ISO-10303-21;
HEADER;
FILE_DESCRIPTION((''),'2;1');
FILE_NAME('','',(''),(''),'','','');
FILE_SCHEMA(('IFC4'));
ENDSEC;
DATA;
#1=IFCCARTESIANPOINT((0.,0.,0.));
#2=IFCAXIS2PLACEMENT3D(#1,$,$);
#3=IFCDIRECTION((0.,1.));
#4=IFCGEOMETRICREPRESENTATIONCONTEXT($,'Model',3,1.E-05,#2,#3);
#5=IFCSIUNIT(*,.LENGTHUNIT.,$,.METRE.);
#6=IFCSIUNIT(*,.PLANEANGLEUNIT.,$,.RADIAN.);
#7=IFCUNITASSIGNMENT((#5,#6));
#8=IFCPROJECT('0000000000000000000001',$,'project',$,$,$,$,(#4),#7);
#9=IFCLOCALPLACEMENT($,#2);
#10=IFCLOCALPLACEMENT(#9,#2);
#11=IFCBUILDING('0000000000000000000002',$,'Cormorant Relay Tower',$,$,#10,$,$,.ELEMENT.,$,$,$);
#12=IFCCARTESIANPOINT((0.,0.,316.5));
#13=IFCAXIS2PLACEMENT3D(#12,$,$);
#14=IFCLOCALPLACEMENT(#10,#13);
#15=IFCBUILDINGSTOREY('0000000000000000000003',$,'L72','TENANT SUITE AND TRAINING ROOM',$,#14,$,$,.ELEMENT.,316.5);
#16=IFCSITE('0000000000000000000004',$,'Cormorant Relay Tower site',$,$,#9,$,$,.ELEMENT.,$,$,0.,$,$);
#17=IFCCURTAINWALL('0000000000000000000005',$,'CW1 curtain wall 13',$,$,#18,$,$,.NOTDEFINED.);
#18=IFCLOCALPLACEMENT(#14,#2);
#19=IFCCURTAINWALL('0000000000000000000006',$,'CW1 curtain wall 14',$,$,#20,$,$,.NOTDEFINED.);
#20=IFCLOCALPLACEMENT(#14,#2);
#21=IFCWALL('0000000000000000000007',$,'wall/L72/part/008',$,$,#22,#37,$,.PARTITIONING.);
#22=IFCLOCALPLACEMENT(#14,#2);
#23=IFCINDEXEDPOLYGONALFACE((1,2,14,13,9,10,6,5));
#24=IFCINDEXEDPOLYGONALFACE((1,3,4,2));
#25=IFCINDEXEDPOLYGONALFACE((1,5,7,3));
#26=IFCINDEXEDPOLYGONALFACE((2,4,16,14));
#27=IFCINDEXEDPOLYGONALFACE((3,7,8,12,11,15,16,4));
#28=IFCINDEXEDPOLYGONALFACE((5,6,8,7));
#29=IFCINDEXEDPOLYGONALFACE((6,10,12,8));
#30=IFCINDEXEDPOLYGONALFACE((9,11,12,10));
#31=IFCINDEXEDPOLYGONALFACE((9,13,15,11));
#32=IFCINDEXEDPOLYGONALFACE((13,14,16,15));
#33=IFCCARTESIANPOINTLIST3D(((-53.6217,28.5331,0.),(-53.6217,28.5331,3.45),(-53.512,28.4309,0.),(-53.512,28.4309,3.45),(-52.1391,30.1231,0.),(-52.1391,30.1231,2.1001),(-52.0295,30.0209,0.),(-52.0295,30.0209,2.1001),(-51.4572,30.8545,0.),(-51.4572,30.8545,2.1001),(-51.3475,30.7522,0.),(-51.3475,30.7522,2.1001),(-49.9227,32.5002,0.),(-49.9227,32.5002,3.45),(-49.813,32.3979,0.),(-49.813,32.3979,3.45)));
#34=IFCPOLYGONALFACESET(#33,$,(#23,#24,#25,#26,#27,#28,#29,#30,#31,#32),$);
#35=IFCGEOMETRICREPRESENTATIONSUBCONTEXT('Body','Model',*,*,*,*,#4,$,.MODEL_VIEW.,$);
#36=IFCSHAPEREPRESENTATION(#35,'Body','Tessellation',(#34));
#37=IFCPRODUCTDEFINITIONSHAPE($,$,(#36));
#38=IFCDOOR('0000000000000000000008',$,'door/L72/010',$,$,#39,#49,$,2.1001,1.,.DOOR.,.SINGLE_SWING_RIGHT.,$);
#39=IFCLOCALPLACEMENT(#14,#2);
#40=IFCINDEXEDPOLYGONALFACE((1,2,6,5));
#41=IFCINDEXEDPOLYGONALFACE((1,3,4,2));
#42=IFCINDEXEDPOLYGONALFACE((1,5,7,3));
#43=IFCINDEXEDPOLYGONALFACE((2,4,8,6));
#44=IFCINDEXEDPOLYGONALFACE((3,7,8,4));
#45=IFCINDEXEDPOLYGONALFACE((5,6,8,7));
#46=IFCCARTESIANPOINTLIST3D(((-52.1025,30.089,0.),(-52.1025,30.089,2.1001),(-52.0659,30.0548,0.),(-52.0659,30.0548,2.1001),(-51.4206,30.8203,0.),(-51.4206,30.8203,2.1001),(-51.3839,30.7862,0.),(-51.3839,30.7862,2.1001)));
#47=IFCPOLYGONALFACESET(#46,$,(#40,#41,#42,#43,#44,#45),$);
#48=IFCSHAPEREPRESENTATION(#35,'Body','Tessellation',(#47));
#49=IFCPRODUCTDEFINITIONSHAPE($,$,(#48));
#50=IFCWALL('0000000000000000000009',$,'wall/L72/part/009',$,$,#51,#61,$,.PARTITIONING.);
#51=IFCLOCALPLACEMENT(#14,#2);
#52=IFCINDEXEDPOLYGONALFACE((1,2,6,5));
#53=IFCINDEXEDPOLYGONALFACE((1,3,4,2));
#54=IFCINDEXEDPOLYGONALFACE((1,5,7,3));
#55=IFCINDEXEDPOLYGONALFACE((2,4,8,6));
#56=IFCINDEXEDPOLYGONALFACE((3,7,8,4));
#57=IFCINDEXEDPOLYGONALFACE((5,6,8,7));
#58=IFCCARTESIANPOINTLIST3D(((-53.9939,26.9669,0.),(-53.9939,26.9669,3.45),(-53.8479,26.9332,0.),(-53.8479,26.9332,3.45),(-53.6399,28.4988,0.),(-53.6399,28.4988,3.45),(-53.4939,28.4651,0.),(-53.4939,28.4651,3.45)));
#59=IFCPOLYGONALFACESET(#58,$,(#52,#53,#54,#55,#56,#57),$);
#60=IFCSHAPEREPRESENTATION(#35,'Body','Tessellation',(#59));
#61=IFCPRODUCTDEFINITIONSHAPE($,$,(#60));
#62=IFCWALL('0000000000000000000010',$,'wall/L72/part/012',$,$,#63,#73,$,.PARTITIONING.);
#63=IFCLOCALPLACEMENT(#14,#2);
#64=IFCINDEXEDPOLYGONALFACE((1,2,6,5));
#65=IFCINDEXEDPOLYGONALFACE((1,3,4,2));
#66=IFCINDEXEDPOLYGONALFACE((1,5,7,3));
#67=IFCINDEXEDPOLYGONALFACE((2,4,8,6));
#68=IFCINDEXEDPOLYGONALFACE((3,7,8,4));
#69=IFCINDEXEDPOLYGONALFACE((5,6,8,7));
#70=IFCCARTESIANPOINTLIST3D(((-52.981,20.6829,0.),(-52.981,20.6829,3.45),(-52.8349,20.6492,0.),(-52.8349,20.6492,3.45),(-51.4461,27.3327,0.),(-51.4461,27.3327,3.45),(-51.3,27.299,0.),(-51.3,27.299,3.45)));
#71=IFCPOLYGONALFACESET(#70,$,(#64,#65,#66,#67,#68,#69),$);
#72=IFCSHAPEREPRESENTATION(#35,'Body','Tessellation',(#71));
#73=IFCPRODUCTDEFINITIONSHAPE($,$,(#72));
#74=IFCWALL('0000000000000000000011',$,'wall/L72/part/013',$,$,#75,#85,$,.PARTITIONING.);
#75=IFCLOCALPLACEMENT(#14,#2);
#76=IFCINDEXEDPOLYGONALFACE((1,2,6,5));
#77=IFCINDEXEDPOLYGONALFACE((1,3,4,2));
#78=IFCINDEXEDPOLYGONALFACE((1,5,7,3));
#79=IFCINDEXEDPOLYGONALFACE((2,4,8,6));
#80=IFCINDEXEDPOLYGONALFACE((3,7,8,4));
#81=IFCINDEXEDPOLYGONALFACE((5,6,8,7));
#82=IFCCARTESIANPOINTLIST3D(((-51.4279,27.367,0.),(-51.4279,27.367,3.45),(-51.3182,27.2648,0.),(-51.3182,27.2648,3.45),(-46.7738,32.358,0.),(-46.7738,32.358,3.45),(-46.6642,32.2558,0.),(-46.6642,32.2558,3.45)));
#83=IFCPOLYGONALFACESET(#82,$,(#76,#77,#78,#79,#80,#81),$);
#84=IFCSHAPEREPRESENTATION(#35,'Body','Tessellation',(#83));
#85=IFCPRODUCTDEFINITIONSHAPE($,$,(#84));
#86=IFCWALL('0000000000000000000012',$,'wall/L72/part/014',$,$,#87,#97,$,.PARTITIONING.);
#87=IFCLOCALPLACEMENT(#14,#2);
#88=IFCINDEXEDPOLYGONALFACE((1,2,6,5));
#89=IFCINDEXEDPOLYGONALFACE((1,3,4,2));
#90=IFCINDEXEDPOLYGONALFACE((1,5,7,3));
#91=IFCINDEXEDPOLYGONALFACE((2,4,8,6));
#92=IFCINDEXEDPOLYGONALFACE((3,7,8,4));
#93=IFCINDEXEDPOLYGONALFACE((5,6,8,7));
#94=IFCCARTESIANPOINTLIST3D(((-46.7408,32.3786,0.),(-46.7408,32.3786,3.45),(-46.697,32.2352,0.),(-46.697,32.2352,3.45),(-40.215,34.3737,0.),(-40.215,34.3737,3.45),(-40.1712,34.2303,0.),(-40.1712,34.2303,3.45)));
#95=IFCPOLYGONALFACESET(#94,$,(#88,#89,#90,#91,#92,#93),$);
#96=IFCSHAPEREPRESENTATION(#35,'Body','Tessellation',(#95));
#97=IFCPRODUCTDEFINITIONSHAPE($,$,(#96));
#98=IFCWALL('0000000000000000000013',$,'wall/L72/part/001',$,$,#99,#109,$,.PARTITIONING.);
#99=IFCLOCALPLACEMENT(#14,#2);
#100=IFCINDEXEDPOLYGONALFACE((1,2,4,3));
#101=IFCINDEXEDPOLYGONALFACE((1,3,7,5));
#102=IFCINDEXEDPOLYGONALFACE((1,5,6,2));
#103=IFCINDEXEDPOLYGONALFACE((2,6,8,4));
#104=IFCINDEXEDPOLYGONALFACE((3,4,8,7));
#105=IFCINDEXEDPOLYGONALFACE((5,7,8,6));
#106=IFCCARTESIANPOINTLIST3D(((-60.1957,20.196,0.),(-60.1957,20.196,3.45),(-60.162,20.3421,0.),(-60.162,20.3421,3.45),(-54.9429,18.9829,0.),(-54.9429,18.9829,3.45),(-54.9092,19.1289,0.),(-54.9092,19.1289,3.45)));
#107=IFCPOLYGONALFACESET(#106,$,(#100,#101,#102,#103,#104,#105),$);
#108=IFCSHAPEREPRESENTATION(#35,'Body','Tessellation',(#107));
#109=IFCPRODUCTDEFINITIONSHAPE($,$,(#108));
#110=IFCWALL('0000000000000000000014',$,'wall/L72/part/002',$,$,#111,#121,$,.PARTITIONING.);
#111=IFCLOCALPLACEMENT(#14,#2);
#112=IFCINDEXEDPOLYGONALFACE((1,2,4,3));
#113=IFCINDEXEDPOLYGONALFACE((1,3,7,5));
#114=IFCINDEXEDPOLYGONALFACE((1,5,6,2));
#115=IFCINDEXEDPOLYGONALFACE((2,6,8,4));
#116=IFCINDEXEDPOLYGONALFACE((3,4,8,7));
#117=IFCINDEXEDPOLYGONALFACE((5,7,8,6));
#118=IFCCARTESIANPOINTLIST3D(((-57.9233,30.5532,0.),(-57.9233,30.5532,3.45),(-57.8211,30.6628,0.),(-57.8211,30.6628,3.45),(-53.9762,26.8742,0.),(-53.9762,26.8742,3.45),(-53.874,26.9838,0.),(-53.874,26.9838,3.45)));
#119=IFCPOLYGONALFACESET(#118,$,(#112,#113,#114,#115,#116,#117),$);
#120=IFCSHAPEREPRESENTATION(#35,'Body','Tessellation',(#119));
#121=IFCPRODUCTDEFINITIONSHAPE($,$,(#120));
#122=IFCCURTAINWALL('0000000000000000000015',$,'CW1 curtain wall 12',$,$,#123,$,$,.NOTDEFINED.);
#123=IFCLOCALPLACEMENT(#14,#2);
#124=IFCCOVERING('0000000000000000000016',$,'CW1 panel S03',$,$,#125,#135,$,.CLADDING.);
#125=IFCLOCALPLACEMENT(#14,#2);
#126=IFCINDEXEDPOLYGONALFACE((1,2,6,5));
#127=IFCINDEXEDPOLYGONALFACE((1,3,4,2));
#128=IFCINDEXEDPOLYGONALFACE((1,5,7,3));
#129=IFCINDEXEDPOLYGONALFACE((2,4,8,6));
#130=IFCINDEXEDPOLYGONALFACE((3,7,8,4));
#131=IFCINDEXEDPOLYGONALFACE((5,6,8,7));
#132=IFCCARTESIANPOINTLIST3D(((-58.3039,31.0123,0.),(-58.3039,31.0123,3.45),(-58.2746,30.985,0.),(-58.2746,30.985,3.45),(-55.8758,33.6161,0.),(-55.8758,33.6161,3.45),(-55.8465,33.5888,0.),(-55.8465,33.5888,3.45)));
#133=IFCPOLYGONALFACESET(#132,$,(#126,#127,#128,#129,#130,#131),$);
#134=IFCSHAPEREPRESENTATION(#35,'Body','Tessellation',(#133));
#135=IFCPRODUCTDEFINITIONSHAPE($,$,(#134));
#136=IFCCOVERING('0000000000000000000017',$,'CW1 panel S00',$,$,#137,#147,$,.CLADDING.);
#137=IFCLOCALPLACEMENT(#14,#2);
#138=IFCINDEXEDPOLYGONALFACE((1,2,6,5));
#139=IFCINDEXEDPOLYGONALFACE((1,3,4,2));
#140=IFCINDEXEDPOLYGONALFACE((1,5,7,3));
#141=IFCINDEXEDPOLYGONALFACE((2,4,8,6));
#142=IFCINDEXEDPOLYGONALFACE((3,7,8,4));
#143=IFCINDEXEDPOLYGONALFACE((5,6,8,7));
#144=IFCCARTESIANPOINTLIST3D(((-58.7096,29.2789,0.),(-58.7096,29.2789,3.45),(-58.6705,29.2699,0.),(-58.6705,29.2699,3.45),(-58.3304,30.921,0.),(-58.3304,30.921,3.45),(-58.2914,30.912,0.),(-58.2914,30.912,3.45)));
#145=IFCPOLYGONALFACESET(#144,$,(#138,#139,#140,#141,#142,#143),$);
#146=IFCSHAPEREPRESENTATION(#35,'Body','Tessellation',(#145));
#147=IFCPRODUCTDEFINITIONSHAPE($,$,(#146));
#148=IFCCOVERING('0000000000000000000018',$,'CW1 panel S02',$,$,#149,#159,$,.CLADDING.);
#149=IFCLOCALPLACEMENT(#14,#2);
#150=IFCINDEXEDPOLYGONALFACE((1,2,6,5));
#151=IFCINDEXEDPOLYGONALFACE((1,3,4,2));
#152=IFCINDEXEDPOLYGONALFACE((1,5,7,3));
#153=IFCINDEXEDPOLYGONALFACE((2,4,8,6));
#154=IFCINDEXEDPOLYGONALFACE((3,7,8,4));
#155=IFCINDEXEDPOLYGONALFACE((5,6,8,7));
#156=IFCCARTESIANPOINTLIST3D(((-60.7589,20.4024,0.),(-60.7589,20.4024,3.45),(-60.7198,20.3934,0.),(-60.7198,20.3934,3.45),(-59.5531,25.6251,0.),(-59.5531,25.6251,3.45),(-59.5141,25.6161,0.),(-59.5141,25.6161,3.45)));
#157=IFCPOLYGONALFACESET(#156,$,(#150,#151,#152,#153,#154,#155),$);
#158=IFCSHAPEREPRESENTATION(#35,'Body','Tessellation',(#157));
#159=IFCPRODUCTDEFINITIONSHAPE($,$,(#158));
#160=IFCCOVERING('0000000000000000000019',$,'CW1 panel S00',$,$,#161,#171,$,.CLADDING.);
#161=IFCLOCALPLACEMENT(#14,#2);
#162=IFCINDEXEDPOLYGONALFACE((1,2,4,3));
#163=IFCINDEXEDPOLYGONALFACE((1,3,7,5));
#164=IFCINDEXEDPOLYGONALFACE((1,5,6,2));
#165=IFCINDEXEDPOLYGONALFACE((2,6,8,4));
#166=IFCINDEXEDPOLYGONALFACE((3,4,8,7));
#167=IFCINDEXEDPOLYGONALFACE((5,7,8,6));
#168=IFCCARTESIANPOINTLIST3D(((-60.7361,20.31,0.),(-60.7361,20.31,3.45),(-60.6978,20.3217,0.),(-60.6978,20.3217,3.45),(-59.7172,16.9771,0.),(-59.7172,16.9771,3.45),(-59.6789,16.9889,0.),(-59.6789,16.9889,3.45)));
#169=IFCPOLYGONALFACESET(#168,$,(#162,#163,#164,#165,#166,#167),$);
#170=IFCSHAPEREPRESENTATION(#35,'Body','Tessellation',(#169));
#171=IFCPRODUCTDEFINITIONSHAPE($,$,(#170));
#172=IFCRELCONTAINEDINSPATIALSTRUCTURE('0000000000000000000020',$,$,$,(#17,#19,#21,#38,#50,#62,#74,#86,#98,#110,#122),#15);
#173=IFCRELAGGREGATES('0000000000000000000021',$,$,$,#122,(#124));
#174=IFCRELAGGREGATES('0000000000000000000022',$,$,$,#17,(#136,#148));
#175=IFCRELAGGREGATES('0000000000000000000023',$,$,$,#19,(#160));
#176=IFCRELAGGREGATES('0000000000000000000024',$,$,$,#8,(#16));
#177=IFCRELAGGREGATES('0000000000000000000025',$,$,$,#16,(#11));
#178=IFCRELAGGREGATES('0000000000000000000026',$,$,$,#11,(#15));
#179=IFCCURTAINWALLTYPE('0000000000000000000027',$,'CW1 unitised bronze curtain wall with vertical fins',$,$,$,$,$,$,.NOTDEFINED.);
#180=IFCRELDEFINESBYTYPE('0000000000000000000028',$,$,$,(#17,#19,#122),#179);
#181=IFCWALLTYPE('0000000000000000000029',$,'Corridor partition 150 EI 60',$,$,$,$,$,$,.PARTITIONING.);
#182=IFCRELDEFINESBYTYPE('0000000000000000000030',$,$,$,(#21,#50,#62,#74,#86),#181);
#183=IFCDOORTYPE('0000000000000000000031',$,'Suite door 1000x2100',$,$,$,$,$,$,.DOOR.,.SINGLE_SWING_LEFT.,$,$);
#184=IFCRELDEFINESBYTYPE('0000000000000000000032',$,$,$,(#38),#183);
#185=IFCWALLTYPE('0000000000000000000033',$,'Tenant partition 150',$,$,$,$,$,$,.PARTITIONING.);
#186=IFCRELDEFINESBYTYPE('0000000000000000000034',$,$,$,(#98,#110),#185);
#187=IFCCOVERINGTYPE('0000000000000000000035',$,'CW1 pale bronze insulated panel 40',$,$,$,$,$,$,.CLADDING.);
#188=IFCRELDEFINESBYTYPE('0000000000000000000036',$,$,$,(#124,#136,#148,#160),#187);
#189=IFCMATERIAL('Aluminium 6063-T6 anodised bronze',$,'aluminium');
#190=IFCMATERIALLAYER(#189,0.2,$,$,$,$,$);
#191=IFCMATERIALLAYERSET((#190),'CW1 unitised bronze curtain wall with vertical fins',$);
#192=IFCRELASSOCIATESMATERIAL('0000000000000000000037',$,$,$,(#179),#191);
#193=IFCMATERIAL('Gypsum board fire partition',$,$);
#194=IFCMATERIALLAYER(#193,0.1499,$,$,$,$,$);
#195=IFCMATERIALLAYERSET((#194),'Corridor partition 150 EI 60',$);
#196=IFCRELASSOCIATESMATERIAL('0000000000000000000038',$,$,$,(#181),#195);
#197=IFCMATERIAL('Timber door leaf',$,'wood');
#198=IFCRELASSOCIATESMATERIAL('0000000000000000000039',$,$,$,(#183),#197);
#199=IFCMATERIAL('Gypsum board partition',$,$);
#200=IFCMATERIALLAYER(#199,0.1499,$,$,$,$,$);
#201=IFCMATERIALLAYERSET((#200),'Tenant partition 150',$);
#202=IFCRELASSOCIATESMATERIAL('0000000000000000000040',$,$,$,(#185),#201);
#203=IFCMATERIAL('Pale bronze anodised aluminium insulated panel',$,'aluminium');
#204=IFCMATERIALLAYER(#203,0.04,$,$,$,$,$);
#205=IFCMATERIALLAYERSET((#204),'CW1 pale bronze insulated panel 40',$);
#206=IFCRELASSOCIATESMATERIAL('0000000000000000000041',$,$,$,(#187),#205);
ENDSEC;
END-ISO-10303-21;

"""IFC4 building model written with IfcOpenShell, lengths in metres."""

from ifc_helpers import new_model, si_unit, direction, frame, frame_2d, origin, origin_2d, place, context, subcontext, project, spatial, rectangle, extrude, material, layer, layer_set, type_object, element, fill, aggregate, save


model = new_model("IFC4")

# Units and contexts
model_context = context("Model", 3, precision=1e-05, world=origin(), true_north=direction((0.0, 1.0)))
body_context = subcontext(model_context, "Body", "Model", "MODEL_VIEW")
ifc_project = project(units=[si_unit("LENGTHUNIT", "METRE"), si_unit("PLANEANGLEUNIT", "RADIAN")], contexts=[model_context])

# Site, building, storey
site_placement = place(None, origin())
site = spatial("IfcSite", under=ifc_project, at=site_placement, Name="Cormorant Relay Tower site", CompositionType="ELEMENT", RefElevation=0.0)
building_placement = place(site_placement, origin())
building = spatial("IfcBuilding", under=site, at=building_placement, Name="Cormorant Relay Tower", CompositionType="ELEMENT")
storey_placement = place(building_placement, frame((0.0, 0.0, 316.5)))
storey = spatial("IfcBuildingStorey", under=building, at=storey_placement, Name="L72", Description="TENANT SUITE AND TRAINING ROOM", CompositionType="ELEMENT", Elevation=316.5)

# Curtain wall
ifc_material_1 = material(Name="Aluminium 6063-T6 anodised bronze", Category="aluminium")
ifc_layer_1 = layer(ifc_material_1, 0.2)
ifc_layer_set_1 = layer_set([ifc_layer_1], Name="CW1 unitised bronze curtain wall with vertical fins")
curtain_wall_type = type_object("IfcCurtainWallType", Name="CW1 unitised bronze curtain wall with vertical fins", PredefinedType="NOTDEFINED", material=ifc_layer_set_1)
curtain_wall_1_placement = place(storey_placement, origin())
curtain_wall_1 = element("IfcCurtainWall", 1, at=curtain_wall_1_placement, inside=storey, type_object=curtain_wall_type, Name="CW1 curtain wall 13", PredefinedType="NOTDEFINED")

# Curtain wall
curtain_wall_2_placement = place(storey_placement, origin())
curtain_wall_2 = element("IfcCurtainWall", 2, at=curtain_wall_2_placement, inside=storey, type_object=curtain_wall_type, Name="CW1 curtain wall 14", PredefinedType="NOTDEFINED")

# Shared definitions
ifc_material_2 = material(Name="Gypsum board fire partition")
ifc_layer_2 = layer(ifc_material_2, 0.1499)
ifc_layer_set_2 = layer_set([ifc_layer_2], Name="Corridor partition 150 EI 60")
wall_type_1 = type_object("IfcWallType", Name="Corridor partition 150 EI 60", PredefinedType="PARTITIONING", material=ifc_layer_set_2)

# Shared definitions
ifc_material_3 = material(Name="Timber door leaf", Category="wood")
door_type = type_object("IfcDoorType", Name="Suite door 1000x2100", OperationType="SINGLE_SWING_LEFT", PredefinedType="DOOR", material=ifc_material_3)

# Wall, opening, door
wall_1_placement = place(storey_placement, frame((-49.8679, 32.449, 0.0), z_axis=(0.0, 0.0, 1.0), x_axis=(-0.681964, -0.731386, 0.0)))
wall_1 = element("IfcWall", 3, at=wall_1_placement, inside=storey, type_object=wall_type_1, Name="wall/L72/part/008", PredefinedType="PARTITIONING", context=body_context, shape_type="SweptSolid", body=[
    extrude(rectangle(XDim=5.4241, YDim=0.1499, at=frame_2d((2.7119, 0.0))), origin(), (0.0, 0.0, 1.0), 3.45),
])
opening_1_placement = place(wall_1_placement, frame((2.25, 0.0, 0.0)))
opening_1 = element("IfcOpeningElement", 4, at=opening_1_placement, cuts=wall_1, PredefinedType="OPENING", context=body_context, shape_type="SweptSolid", body=[
    extrude(rectangle(XDim=1.0, YDim=2.1001, at=frame_2d((0.5, 1.05))), frame((0.0, 0.085, 0.0), z_axis=(0.0, -1.0, 0.0), x_axis=(1.0, 0.0, 0.0)), (0.0, 0.0, 1.0), 0.1699),
])
door_1_placement = place(opening_1_placement, frame((1.0, 0.0, 0.0), z_axis=(0.0, 0.0, 1.0), x_axis=(-1.0, 0.0, 0.0)))
door_1 = element("IfcDoor", 5, at=door_1_placement, inside=storey, type_object=door_type, Name="door/L72/010", OperationType="SINGLE_SWING_RIGHT", OverallHeight=2.1001, OverallWidth=1.0, PredefinedType="DOOR", context=body_context, shape_type="SweptSolid", body=[
    extrude(rectangle(XDim=1.0, YDim=2.1001, at=frame_2d((0.5, 1.05))), frame((0.0, 0.0249, 0.0), z_axis=(0.0, -1.0, 0.0), x_axis=(1.0, 0.0, 0.0)), (0.0, 0.0, 1.0), 0.05),
])
fill(opening_1, door_1)

# Walls
wall_2_placement = place(storey_placement, frame((-53.5669, 28.4819, 0.0), z_axis=(0.0, 0.0, 1.0), x_axis=(-0.225143, -0.974326, 0.0)))
element("IfcWall", 6, at=wall_2_placement, inside=storey, type_object=wall_type_1, Name="wall/L72/part/009", PredefinedType="PARTITIONING", context=body_context, shape_type="SweptSolid", body=[
    extrude(rectangle(XDim=1.5723, YDim=0.1499, at=frame_2d((0.7861, 0.0))), origin(), (0.0, 0.0, 1.0), 3.45),
])
wall_3_placement = place(storey_placement, frame((-52.908, 20.666, 0.0), z_axis=(0.0, 0.0, 1.0), x_axis=(0.224904, 0.974381, 0.0)))
element("IfcWall", 7, at=wall_3_placement, inside=storey, type_object=wall_type_1, Name="wall/L72/part/012", PredefinedType="PARTITIONING", context=body_context, shape_type="SweptSolid", body=[
    extrude(rectangle(XDim=6.8247, YDim=0.1499, at=frame_2d((3.4124, 0.0))), origin(), (0.0, 0.0, 1.0), 3.45),
])
wall_4_placement = place(storey_placement, frame((-51.373, 27.3159, 0.0), z_axis=(0.0, 0.0, 1.0), x_axis=(0.681991, 0.731361, 0.0)))
element("IfcWall", 8, at=wall_4_placement, inside=storey, type_object=wall_type_1, Name="wall/L72/part/013", PredefinedType="PARTITIONING", context=body_context, shape_type="SweptSolid", body=[
    extrude(rectangle(XDim=6.8242, YDim=0.1499, at=frame_2d((3.4121, 0.0))), origin(), (0.0, 0.0, 1.0), 3.45),
])
wall_5_placement = place(storey_placement, frame((-46.719, 32.3069, 0.0), z_axis=(0.0, 0.0, 1.0), x_axis=(0.956307, 0.292366, 0.0)))
element("IfcWall", 9, at=wall_5_placement, inside=storey, type_object=wall_type_1, Name="wall/L72/part/014", PredefinedType="PARTITIONING", context=body_context, shape_type="SweptSolid", body=[
    extrude(rectangle(XDim=6.824, YDim=0.1499, at=frame_2d((3.4121, 0.0))), origin(), (0.0, 0.0, 1.0), 3.45),
])
ifc_material_4 = material(Name="Gypsum board partition")
ifc_layer_3 = layer(ifc_material_4, 0.1499)
ifc_layer_set_3 = layer_set([ifc_layer_3], Name="Tenant partition 150")
wall_type_2 = type_object("IfcWallType", Name="Tenant partition 150", PredefinedType="PARTITIONING", material=ifc_layer_set_3)
wall_6_placement = place(storey_placement, frame((-54.926, 19.0559, 0.0), z_axis=(0.0, 0.0, 1.0), x_axis=(-0.974354, 0.225022, 0.0)))
element("IfcWall", 10, at=wall_6_placement, inside=storey, type_object=wall_type_2, Name="wall/L72/part/001", PredefinedType="PARTITIONING", context=body_context, shape_type="SweptSolid", body=[
    extrude(rectangle(XDim=5.3911, YDim=0.1499, at=frame_2d((2.6956, 0.0))), origin(), (0.0, 0.0, 1.0), 3.45),
])
wall_7_placement = place(storey_placement, frame((-57.8721, 30.6079, 0.0), z_axis=(0.0, 0.0, 1.0), x_axis=(0.731511, -0.68183, 0.0)))
element("IfcWall", 11, at=wall_7_placement, inside=storey, type_object=wall_type_2, Name="wall/L72/part/002", PredefinedType="PARTITIONING", context=body_context, shape_type="SweptSolid", body=[
    extrude(rectangle(XDim=5.3958, YDim=0.1499, at=frame_2d((2.6978, 0.0))), origin(), (0.0, 0.0, 1.0), 3.45),
])

# Curtain wall, covering
curtain_wall_3_placement = place(storey_placement, origin())
curtain_wall_3 = element("IfcCurtainWall", 12, at=curtain_wall_3_placement, inside=storey, type_object=curtain_wall_type, Name="CW1 curtain wall 12", PredefinedType="NOTDEFINED")
ifc_material_5 = material(Name="Pale bronze anodised aluminium insulated panel", Category="aluminium")
ifc_layer_4 = layer(ifc_material_5, 0.04)
ifc_layer_set_4 = layer_set([ifc_layer_4], Name="CW1 pale bronze insulated panel 40")
covering_type = type_object("IfcCoveringType", Name="CW1 pale bronze insulated panel 40", PredefinedType="CLADDING", material=ifc_layer_set_4)
covering_1_placement = place(storey_placement, frame((-57.0752, 32.3005, 0.0), z_axis=(0.0, 0.0, 1.0), x_axis=(-0.681998, -0.731354, 0.0)))
covering_1 = element("IfcCovering", 13, at=covering_1_placement, type_object=covering_type, Name="CW1 panel S03", PredefinedType="CLADDING", context=body_context, shape_type="SweptSolid", body=[
    extrude(rectangle(XDim=3.5603, YDim=0.04, at=origin_2d()), origin(), (0.0, 0.0, 1.0), 3.45),
])
aggregate(curtain_wall_3, [covering_1])

# Coverings
covering_2_placement = place(storey_placement, frame((-58.5005, 30.0955, 0.0), z_axis=(0.0, 0.0, 1.0), x_axis=(-0.224951, -0.97437, 0.0)))
covering_2 = element("IfcCovering", 14, at=covering_2_placement, type_object=covering_type, Name="CW1 panel S00", PredefinedType="CLADDING", context=body_context, shape_type="SweptSolid", body=[
    extrude(rectangle(XDim=1.6853, YDim=0.04, at=origin_2d()), origin(), (0.0, 0.0, 1.0), 3.45),
])
covering_3_placement = place(storey_placement, frame((-60.1365, 23.0093, 0.0), z_axis=(0.0, 0.0, 1.0), x_axis=(-0.224951, -0.97437, 0.0)))
covering_3 = element("IfcCovering", 15, at=covering_3_placement, type_object=covering_type, Name="CW1 panel S02", PredefinedType="CLADDING", context=body_context, shape_type="SweptSolid", body=[
    extrude(rectangle(XDim=5.3601, YDim=0.04, at=origin_2d()), origin(), (0.0, 0.0, 1.0), 3.45),
])
aggregate(curtain_wall_1, [covering_2, covering_3])
covering_4_placement = place(storey_placement, frame((-60.2075, 18.6494, 0.0), z_axis=(0.0, 0.0, 1.0), x_axis=(0.292372, -0.956305, 0.0)))
covering_4 = element("IfcCovering", 16, at=covering_4_placement, type_object=covering_type, Name="CW1 panel S00", PredefinedType="CLADDING", context=body_context, shape_type="SweptSolid", body=[
    extrude(rectangle(XDim=3.4851, YDim=0.04, at=origin_2d()), origin(), (0.0, 0.0, 1.0), 3.45),
])
aggregate(curtain_wall_2, [covering_4])

save(model, "model.ifc")
